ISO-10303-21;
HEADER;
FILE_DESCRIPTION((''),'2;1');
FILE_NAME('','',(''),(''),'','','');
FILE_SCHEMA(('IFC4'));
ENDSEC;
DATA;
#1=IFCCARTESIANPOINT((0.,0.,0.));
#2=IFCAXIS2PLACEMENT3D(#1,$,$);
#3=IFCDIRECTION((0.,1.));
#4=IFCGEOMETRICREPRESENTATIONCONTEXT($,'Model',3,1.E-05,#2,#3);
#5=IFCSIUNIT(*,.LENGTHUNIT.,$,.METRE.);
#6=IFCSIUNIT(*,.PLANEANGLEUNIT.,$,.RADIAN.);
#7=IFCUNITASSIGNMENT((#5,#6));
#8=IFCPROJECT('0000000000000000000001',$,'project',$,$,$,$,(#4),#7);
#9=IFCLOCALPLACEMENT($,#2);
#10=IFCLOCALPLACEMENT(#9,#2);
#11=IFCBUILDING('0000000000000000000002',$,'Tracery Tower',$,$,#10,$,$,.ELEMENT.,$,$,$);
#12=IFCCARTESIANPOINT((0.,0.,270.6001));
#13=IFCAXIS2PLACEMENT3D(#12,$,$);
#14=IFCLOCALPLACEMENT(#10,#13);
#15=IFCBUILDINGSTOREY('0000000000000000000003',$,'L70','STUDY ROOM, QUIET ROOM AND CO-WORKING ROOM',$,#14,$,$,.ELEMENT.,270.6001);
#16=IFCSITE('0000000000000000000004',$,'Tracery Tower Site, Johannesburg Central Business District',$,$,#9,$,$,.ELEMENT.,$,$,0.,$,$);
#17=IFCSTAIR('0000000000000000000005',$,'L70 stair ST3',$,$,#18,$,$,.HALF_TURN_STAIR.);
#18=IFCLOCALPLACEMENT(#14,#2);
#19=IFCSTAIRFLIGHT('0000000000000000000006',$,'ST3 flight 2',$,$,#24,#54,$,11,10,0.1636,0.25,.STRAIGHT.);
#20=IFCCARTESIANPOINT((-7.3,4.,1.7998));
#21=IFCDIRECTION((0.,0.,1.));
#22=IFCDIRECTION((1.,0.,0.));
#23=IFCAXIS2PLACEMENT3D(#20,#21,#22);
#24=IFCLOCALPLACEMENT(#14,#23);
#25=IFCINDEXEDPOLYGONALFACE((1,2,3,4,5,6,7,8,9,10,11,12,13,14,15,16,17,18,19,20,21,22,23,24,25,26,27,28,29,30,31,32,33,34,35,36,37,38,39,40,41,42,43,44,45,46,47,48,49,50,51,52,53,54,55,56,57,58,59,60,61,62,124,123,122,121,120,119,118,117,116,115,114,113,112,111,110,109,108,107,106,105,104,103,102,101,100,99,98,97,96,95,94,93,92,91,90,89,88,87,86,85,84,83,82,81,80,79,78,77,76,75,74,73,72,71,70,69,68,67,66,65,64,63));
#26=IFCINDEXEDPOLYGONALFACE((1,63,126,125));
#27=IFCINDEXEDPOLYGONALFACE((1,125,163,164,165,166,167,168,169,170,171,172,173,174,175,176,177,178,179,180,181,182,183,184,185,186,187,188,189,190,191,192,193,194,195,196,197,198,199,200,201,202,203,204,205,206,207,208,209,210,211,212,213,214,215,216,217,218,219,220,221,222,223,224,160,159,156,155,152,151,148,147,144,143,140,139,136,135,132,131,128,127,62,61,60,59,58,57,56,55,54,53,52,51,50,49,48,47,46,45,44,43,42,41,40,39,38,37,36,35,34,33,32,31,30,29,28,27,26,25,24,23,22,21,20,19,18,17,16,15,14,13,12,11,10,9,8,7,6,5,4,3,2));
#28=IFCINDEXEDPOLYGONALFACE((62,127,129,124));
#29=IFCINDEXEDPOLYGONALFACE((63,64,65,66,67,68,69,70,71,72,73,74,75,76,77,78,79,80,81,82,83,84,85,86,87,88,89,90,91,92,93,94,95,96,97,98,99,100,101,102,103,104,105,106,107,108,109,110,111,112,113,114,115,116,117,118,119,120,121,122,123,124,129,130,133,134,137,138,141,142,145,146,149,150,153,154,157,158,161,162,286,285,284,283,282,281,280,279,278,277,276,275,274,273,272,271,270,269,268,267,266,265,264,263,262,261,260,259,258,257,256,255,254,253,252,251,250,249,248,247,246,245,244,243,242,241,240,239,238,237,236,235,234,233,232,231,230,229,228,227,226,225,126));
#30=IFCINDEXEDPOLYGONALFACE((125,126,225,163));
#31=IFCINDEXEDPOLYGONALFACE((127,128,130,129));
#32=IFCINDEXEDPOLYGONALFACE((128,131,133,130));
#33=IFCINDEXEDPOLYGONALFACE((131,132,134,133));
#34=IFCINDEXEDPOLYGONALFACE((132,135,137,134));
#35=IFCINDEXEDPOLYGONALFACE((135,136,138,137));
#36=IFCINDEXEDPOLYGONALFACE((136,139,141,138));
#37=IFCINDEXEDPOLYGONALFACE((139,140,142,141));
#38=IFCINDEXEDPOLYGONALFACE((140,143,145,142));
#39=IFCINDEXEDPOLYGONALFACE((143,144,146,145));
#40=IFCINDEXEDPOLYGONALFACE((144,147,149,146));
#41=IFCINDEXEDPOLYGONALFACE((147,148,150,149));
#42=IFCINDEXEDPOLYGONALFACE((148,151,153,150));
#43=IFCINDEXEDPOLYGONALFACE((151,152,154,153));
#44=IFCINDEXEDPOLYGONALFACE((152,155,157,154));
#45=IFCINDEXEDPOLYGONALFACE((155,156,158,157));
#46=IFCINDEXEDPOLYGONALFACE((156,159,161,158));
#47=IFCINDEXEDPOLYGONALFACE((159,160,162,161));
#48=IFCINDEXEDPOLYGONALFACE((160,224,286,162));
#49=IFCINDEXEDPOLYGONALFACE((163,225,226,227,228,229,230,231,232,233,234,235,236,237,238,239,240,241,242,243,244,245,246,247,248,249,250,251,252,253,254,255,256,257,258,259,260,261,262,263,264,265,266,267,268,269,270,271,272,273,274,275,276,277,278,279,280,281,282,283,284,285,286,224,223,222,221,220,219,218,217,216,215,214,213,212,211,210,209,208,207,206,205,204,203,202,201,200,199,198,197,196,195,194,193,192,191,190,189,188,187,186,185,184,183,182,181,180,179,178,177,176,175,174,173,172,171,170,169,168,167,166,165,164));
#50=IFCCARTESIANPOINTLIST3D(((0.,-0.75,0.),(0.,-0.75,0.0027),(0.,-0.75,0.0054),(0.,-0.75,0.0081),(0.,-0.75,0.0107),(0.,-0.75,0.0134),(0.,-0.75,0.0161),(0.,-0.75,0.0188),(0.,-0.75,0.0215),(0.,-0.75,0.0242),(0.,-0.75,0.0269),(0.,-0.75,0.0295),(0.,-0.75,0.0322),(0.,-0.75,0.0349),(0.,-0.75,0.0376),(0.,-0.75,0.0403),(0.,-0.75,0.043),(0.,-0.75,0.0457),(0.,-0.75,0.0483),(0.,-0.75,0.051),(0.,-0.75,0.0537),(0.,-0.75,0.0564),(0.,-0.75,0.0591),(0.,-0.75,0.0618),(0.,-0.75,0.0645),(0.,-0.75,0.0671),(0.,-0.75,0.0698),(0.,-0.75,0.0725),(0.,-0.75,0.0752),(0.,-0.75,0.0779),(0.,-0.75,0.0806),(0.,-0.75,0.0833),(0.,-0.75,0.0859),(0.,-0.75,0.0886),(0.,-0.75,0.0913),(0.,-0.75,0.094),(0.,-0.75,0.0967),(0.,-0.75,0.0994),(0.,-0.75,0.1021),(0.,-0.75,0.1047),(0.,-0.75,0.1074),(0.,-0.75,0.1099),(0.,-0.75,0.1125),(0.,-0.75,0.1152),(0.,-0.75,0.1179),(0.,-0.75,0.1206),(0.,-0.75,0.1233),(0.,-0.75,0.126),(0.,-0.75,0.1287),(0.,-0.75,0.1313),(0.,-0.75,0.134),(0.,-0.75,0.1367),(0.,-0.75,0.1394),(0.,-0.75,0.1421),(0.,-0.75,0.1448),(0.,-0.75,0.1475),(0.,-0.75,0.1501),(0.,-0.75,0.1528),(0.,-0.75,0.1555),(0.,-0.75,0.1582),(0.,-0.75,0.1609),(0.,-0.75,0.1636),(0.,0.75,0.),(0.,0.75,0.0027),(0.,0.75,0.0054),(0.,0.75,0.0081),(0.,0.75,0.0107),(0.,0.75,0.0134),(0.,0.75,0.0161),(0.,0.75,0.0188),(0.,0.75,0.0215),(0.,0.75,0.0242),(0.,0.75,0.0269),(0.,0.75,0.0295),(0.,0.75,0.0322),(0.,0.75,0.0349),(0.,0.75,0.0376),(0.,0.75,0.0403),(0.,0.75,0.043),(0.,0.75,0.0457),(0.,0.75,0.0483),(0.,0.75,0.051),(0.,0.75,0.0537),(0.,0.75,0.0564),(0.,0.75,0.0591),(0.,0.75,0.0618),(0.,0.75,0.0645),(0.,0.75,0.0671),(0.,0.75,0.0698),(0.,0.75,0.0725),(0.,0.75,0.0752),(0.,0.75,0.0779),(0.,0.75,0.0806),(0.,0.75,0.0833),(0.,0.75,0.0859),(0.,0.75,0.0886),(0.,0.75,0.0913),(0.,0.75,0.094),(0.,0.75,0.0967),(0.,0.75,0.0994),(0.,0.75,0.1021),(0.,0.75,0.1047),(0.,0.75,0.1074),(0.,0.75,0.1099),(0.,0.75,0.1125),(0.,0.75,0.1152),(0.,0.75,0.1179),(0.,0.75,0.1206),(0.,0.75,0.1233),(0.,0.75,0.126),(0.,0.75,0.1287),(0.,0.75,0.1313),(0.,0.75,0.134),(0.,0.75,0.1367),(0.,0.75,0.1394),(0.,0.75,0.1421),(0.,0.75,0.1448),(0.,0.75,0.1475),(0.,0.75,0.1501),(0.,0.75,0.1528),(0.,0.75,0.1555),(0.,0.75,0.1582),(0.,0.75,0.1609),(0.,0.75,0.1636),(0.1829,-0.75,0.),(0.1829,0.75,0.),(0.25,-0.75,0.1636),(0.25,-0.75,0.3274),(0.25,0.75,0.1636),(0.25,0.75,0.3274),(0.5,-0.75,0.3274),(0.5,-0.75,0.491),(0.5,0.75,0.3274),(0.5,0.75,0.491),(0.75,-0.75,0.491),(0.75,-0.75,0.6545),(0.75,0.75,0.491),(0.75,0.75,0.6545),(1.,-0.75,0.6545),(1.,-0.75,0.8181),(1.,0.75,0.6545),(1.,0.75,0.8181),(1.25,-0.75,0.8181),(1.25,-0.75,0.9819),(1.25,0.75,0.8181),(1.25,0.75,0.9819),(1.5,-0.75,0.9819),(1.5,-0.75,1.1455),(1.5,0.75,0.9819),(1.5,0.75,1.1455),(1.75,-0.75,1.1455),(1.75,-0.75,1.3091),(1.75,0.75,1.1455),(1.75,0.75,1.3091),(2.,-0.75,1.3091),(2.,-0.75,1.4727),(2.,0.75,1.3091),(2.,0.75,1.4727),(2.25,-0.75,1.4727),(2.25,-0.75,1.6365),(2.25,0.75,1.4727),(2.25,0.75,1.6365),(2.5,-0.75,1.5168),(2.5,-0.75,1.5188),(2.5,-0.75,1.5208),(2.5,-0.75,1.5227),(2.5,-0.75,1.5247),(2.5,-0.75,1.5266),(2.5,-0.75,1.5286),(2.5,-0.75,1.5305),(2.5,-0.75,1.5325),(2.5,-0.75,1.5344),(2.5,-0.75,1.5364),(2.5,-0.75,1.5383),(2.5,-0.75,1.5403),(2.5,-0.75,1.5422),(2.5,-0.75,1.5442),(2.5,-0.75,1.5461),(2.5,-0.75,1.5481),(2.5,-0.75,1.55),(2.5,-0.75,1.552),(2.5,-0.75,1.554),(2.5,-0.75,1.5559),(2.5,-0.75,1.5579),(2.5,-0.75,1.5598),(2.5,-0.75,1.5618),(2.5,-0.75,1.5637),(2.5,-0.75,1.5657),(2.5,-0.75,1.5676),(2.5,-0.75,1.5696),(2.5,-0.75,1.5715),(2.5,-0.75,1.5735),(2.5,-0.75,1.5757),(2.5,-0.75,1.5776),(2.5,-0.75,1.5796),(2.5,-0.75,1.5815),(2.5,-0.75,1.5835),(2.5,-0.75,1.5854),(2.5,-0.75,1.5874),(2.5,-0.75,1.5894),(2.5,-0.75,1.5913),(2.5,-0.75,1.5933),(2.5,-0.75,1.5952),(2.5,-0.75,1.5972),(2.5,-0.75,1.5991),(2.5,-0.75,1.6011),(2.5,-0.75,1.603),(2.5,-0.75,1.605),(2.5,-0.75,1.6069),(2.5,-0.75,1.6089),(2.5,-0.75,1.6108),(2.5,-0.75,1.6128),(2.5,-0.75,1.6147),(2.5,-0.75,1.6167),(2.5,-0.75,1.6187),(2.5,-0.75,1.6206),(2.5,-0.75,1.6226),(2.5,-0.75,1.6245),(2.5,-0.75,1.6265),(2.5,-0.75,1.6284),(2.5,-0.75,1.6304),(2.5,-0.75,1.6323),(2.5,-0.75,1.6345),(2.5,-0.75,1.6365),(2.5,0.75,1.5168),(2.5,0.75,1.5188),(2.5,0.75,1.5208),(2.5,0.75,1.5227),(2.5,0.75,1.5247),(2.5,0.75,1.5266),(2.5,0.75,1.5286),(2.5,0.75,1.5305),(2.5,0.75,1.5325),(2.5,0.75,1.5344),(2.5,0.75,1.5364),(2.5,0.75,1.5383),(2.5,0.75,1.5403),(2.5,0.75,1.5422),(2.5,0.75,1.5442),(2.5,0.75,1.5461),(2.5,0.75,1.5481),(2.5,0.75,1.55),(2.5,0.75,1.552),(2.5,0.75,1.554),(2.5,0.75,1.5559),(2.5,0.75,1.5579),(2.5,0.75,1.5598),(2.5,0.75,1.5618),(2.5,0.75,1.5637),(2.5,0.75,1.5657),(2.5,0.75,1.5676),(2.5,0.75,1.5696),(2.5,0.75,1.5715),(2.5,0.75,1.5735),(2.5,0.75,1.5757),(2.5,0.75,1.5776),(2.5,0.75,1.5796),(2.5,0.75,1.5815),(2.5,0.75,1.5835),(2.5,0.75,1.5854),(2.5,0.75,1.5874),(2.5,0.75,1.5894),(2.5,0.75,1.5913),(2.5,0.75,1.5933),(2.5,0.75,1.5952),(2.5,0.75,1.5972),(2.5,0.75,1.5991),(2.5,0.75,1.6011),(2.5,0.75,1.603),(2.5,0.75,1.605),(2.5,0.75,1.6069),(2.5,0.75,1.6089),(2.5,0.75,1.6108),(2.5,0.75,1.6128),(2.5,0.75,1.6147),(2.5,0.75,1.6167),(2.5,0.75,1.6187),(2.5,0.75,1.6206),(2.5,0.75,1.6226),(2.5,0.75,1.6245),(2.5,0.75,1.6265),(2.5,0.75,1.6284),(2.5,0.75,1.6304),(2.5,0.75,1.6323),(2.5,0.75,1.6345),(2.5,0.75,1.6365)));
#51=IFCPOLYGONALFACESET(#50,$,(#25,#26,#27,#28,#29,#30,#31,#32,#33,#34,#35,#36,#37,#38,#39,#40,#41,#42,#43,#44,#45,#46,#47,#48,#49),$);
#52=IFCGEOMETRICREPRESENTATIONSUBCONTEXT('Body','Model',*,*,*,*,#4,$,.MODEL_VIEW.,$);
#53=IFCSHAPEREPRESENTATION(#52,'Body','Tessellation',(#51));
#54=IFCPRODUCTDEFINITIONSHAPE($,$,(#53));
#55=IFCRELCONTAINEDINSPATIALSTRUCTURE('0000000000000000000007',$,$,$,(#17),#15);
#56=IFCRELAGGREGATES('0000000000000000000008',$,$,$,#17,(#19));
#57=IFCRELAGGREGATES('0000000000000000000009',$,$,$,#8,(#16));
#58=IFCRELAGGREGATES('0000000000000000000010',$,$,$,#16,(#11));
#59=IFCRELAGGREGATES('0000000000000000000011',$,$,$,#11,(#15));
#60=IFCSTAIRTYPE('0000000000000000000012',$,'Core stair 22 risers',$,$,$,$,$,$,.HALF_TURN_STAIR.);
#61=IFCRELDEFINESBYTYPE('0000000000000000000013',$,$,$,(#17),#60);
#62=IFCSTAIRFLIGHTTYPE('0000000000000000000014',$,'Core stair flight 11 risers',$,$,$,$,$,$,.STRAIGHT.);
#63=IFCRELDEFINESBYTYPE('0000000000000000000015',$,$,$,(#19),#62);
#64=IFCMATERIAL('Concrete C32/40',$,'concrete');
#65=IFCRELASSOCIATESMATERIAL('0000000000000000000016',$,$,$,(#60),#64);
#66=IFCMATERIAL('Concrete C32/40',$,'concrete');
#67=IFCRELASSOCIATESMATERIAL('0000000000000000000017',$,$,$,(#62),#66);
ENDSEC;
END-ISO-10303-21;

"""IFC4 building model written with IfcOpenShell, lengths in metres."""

from ifc_helpers import new_model, si_unit, direction, frame, origin, place, context, subcontext, project, spatial, polyline, outline, extrude, material, type_object, element, aggregate, save


model = new_model("IFC4")

# Units and contexts
model_context = context("Model", 3, precision=1e-05, world=origin(), true_north=direction((0.0, 1.0)))
body_context = subcontext(model_context, "Body", "Model", "MODEL_VIEW")
ifc_project = project(units=[si_unit("LENGTHUNIT", "METRE"), si_unit("PLANEANGLEUNIT", "RADIAN")], contexts=[model_context])

# Site, building, storey
site_placement = place(None, origin())
site = spatial("IfcSite", under=ifc_project, at=site_placement, Name="Tracery Tower Site, Johannesburg Central Business District", CompositionType="ELEMENT", RefElevation=0.0)
building_placement = place(site_placement, origin())
building = spatial("IfcBuilding", under=site, at=building_placement, Name="Tracery Tower", CompositionType="ELEMENT")
storey_placement = place(building_placement, frame((0.0, 0.0, 270.6001)))
storey = spatial("IfcBuildingStorey", under=building, at=storey_placement, Name="L70", Description="STUDY ROOM, QUIET ROOM AND CO-WORKING ROOM", CompositionType="ELEMENT", Elevation=270.6001)

# Stair, stair flight
ifc_material_1 = material(Name="Concrete C32/40", Category="concrete")
stair_type = type_object("IfcStairType", Name="Core stair 22 risers", PredefinedType="HALF_TURN_STAIR", material=ifc_material_1)
stair_placement = place(storey_placement, origin())
stair = element("IfcStair", 1, at=stair_placement, inside=storey, type_object=stair_type, Name="L70 stair ST3", PredefinedType="HALF_TURN_STAIR")
ifc_material_2 = material(Name="Concrete C32/40", Category="concrete")
stair_flight_type = type_object("IfcStairFlightType", Name="Core stair flight 11 risers", PredefinedType="STRAIGHT", material=ifc_material_2)
stair_flight_1_placement = place(storey_placement, frame((-7.3, 4.0, 1.7998), z_axis=(0.0, 0.0, 1.0), x_axis=(1.0, 0.0, 0.0)))
stair_flight_1 = element("IfcStairFlight", 2, at=stair_flight_1_placement, type_object=stair_flight_type, Name="ST3 flight 2", NumberOfRisers=11, NumberOfTreads=10, PredefinedType="STRAIGHT", RiserHeight=0.1636, TreadLength=0.25, context=body_context, shape_type="SweptSolid", body=[
    extrude(outline(polyline([(0.0, 0.0), (0.0, 0.0027), (0.0, 0.0054), (0.0, 0.0081), (0.0, 0.0107), (0.0, 0.0134), (0.0, 0.0161), (0.0, 0.0188), (0.0, 0.0215), (0.0, 0.0242), (0.0, 0.0269), (0.0, 0.0295), (0.0, 0.0322), (0.0, 0.0349), (0.0, 0.0376), (0.0, 0.0403), (0.0, 0.043), (0.0, 0.0457), (0.0, 0.0483), (0.0, 0.051), (0.0, 0.0537), (0.0, 0.0564), (0.0, 0.0591), (0.0, 0.0618), (0.0, 0.0645), (0.0, 0.0671), (0.0, 0.0698), (0.0, 0.0725), (0.0, 0.0752), (0.0, 0.0779), (0.0, 0.0806), (0.0, 0.0833), (0.0, 0.0859), (0.0, 0.0886), (0.0, 0.0913), (0.0, 0.094), (0.0, 0.0967), (0.0, 0.0994), (0.0, 0.1021), (0.0, 0.1047), (0.0, 0.1074), (0.0, 0.1099), (0.0, 0.1125), (0.0, 0.1152), (0.0, 0.1179), (0.0, 0.1206), (0.0, 0.1233), (0.0, 0.126), (0.0, 0.1287), (0.0, 0.1313), (0.0, 0.134), (0.0, 0.1367), (0.0, 0.1394), (0.0, 0.1421), (0.0, 0.1448), (0.0, 0.1475), (0.0, 0.1501), (0.0, 0.1528), (0.0, 0.1555), (0.0, 0.1582), (0.0, 0.1609), (0.0, 0.1636), (0.25, 0.1636), (0.25, 0.3274), (0.5, 0.3274), (0.5, 0.491), (0.75, 0.491), (0.75, 0.6545), (1.0, 0.6545), (1.0, 0.8181), (1.25, 0.8181), (1.25, 0.9819), (1.5, 0.9819), (1.5, 1.1455), (1.75, 1.1455), (1.75, 1.3091), (2.0, 1.3091), (2.0, 1.4727), (2.25, 1.4727), (2.25, 1.6365), (2.5, 1.6365), (2.5, 1.6345), (2.5, 1.6323), (2.5, 1.6304), (2.5, 1.6284), (2.5, 1.6265), (2.5, 1.6245), (2.5, 1.6226), (2.5, 1.6206), (2.5, 1.6187), (2.5, 1.6167), (2.5, 1.6147), (2.5, 1.6128), (2.5, 1.6108), (2.5, 1.6089), (2.5, 1.6069), (2.5, 1.605), (2.5, 1.603), (2.5, 1.6011), (2.5, 1.5991), (2.5, 1.5972), (2.5, 1.5952), (2.5, 1.5933), (2.5, 1.5913), (2.5, 1.5894), (2.5, 1.5874), (2.5, 1.5854), (2.5, 1.5835), (2.5, 1.5815), (2.5, 1.5796), (2.5, 1.5776), (2.5, 1.5757), (2.5, 1.5735), (2.5, 1.5715), (2.5, 1.5696), (2.5, 1.5676), (2.5, 1.5657), (2.5, 1.5637), (2.5, 1.5618), (2.5, 1.5598), (2.5, 1.5579), (2.5, 1.5559), (2.5, 1.554), (2.5, 1.552), (2.5, 1.55), (2.5, 1.5481), (2.5, 1.5461), (2.5, 1.5442), (2.5, 1.5422), (2.5, 1.5403), (2.5, 1.5383), (2.5, 1.5364), (2.5, 1.5344), (2.5, 1.5325), (2.5, 1.5305), (2.5, 1.5286), (2.5, 1.5266), (2.5, 1.5247), (2.5, 1.5227), (2.5, 1.5208), (2.5, 1.5188), (2.5, 1.5168), (0.1829, 0.0), (0.0, 0.0)])), frame((0.0, 0.75, 0.0), z_axis=(0.0, -1.0, 0.0), x_axis=(1.0, 0.0, 0.0)), (0.0, 0.0, 1.0), 1.5),
])
aggregate(stair, [stair_flight_1])

save(model, "model.ifc")
